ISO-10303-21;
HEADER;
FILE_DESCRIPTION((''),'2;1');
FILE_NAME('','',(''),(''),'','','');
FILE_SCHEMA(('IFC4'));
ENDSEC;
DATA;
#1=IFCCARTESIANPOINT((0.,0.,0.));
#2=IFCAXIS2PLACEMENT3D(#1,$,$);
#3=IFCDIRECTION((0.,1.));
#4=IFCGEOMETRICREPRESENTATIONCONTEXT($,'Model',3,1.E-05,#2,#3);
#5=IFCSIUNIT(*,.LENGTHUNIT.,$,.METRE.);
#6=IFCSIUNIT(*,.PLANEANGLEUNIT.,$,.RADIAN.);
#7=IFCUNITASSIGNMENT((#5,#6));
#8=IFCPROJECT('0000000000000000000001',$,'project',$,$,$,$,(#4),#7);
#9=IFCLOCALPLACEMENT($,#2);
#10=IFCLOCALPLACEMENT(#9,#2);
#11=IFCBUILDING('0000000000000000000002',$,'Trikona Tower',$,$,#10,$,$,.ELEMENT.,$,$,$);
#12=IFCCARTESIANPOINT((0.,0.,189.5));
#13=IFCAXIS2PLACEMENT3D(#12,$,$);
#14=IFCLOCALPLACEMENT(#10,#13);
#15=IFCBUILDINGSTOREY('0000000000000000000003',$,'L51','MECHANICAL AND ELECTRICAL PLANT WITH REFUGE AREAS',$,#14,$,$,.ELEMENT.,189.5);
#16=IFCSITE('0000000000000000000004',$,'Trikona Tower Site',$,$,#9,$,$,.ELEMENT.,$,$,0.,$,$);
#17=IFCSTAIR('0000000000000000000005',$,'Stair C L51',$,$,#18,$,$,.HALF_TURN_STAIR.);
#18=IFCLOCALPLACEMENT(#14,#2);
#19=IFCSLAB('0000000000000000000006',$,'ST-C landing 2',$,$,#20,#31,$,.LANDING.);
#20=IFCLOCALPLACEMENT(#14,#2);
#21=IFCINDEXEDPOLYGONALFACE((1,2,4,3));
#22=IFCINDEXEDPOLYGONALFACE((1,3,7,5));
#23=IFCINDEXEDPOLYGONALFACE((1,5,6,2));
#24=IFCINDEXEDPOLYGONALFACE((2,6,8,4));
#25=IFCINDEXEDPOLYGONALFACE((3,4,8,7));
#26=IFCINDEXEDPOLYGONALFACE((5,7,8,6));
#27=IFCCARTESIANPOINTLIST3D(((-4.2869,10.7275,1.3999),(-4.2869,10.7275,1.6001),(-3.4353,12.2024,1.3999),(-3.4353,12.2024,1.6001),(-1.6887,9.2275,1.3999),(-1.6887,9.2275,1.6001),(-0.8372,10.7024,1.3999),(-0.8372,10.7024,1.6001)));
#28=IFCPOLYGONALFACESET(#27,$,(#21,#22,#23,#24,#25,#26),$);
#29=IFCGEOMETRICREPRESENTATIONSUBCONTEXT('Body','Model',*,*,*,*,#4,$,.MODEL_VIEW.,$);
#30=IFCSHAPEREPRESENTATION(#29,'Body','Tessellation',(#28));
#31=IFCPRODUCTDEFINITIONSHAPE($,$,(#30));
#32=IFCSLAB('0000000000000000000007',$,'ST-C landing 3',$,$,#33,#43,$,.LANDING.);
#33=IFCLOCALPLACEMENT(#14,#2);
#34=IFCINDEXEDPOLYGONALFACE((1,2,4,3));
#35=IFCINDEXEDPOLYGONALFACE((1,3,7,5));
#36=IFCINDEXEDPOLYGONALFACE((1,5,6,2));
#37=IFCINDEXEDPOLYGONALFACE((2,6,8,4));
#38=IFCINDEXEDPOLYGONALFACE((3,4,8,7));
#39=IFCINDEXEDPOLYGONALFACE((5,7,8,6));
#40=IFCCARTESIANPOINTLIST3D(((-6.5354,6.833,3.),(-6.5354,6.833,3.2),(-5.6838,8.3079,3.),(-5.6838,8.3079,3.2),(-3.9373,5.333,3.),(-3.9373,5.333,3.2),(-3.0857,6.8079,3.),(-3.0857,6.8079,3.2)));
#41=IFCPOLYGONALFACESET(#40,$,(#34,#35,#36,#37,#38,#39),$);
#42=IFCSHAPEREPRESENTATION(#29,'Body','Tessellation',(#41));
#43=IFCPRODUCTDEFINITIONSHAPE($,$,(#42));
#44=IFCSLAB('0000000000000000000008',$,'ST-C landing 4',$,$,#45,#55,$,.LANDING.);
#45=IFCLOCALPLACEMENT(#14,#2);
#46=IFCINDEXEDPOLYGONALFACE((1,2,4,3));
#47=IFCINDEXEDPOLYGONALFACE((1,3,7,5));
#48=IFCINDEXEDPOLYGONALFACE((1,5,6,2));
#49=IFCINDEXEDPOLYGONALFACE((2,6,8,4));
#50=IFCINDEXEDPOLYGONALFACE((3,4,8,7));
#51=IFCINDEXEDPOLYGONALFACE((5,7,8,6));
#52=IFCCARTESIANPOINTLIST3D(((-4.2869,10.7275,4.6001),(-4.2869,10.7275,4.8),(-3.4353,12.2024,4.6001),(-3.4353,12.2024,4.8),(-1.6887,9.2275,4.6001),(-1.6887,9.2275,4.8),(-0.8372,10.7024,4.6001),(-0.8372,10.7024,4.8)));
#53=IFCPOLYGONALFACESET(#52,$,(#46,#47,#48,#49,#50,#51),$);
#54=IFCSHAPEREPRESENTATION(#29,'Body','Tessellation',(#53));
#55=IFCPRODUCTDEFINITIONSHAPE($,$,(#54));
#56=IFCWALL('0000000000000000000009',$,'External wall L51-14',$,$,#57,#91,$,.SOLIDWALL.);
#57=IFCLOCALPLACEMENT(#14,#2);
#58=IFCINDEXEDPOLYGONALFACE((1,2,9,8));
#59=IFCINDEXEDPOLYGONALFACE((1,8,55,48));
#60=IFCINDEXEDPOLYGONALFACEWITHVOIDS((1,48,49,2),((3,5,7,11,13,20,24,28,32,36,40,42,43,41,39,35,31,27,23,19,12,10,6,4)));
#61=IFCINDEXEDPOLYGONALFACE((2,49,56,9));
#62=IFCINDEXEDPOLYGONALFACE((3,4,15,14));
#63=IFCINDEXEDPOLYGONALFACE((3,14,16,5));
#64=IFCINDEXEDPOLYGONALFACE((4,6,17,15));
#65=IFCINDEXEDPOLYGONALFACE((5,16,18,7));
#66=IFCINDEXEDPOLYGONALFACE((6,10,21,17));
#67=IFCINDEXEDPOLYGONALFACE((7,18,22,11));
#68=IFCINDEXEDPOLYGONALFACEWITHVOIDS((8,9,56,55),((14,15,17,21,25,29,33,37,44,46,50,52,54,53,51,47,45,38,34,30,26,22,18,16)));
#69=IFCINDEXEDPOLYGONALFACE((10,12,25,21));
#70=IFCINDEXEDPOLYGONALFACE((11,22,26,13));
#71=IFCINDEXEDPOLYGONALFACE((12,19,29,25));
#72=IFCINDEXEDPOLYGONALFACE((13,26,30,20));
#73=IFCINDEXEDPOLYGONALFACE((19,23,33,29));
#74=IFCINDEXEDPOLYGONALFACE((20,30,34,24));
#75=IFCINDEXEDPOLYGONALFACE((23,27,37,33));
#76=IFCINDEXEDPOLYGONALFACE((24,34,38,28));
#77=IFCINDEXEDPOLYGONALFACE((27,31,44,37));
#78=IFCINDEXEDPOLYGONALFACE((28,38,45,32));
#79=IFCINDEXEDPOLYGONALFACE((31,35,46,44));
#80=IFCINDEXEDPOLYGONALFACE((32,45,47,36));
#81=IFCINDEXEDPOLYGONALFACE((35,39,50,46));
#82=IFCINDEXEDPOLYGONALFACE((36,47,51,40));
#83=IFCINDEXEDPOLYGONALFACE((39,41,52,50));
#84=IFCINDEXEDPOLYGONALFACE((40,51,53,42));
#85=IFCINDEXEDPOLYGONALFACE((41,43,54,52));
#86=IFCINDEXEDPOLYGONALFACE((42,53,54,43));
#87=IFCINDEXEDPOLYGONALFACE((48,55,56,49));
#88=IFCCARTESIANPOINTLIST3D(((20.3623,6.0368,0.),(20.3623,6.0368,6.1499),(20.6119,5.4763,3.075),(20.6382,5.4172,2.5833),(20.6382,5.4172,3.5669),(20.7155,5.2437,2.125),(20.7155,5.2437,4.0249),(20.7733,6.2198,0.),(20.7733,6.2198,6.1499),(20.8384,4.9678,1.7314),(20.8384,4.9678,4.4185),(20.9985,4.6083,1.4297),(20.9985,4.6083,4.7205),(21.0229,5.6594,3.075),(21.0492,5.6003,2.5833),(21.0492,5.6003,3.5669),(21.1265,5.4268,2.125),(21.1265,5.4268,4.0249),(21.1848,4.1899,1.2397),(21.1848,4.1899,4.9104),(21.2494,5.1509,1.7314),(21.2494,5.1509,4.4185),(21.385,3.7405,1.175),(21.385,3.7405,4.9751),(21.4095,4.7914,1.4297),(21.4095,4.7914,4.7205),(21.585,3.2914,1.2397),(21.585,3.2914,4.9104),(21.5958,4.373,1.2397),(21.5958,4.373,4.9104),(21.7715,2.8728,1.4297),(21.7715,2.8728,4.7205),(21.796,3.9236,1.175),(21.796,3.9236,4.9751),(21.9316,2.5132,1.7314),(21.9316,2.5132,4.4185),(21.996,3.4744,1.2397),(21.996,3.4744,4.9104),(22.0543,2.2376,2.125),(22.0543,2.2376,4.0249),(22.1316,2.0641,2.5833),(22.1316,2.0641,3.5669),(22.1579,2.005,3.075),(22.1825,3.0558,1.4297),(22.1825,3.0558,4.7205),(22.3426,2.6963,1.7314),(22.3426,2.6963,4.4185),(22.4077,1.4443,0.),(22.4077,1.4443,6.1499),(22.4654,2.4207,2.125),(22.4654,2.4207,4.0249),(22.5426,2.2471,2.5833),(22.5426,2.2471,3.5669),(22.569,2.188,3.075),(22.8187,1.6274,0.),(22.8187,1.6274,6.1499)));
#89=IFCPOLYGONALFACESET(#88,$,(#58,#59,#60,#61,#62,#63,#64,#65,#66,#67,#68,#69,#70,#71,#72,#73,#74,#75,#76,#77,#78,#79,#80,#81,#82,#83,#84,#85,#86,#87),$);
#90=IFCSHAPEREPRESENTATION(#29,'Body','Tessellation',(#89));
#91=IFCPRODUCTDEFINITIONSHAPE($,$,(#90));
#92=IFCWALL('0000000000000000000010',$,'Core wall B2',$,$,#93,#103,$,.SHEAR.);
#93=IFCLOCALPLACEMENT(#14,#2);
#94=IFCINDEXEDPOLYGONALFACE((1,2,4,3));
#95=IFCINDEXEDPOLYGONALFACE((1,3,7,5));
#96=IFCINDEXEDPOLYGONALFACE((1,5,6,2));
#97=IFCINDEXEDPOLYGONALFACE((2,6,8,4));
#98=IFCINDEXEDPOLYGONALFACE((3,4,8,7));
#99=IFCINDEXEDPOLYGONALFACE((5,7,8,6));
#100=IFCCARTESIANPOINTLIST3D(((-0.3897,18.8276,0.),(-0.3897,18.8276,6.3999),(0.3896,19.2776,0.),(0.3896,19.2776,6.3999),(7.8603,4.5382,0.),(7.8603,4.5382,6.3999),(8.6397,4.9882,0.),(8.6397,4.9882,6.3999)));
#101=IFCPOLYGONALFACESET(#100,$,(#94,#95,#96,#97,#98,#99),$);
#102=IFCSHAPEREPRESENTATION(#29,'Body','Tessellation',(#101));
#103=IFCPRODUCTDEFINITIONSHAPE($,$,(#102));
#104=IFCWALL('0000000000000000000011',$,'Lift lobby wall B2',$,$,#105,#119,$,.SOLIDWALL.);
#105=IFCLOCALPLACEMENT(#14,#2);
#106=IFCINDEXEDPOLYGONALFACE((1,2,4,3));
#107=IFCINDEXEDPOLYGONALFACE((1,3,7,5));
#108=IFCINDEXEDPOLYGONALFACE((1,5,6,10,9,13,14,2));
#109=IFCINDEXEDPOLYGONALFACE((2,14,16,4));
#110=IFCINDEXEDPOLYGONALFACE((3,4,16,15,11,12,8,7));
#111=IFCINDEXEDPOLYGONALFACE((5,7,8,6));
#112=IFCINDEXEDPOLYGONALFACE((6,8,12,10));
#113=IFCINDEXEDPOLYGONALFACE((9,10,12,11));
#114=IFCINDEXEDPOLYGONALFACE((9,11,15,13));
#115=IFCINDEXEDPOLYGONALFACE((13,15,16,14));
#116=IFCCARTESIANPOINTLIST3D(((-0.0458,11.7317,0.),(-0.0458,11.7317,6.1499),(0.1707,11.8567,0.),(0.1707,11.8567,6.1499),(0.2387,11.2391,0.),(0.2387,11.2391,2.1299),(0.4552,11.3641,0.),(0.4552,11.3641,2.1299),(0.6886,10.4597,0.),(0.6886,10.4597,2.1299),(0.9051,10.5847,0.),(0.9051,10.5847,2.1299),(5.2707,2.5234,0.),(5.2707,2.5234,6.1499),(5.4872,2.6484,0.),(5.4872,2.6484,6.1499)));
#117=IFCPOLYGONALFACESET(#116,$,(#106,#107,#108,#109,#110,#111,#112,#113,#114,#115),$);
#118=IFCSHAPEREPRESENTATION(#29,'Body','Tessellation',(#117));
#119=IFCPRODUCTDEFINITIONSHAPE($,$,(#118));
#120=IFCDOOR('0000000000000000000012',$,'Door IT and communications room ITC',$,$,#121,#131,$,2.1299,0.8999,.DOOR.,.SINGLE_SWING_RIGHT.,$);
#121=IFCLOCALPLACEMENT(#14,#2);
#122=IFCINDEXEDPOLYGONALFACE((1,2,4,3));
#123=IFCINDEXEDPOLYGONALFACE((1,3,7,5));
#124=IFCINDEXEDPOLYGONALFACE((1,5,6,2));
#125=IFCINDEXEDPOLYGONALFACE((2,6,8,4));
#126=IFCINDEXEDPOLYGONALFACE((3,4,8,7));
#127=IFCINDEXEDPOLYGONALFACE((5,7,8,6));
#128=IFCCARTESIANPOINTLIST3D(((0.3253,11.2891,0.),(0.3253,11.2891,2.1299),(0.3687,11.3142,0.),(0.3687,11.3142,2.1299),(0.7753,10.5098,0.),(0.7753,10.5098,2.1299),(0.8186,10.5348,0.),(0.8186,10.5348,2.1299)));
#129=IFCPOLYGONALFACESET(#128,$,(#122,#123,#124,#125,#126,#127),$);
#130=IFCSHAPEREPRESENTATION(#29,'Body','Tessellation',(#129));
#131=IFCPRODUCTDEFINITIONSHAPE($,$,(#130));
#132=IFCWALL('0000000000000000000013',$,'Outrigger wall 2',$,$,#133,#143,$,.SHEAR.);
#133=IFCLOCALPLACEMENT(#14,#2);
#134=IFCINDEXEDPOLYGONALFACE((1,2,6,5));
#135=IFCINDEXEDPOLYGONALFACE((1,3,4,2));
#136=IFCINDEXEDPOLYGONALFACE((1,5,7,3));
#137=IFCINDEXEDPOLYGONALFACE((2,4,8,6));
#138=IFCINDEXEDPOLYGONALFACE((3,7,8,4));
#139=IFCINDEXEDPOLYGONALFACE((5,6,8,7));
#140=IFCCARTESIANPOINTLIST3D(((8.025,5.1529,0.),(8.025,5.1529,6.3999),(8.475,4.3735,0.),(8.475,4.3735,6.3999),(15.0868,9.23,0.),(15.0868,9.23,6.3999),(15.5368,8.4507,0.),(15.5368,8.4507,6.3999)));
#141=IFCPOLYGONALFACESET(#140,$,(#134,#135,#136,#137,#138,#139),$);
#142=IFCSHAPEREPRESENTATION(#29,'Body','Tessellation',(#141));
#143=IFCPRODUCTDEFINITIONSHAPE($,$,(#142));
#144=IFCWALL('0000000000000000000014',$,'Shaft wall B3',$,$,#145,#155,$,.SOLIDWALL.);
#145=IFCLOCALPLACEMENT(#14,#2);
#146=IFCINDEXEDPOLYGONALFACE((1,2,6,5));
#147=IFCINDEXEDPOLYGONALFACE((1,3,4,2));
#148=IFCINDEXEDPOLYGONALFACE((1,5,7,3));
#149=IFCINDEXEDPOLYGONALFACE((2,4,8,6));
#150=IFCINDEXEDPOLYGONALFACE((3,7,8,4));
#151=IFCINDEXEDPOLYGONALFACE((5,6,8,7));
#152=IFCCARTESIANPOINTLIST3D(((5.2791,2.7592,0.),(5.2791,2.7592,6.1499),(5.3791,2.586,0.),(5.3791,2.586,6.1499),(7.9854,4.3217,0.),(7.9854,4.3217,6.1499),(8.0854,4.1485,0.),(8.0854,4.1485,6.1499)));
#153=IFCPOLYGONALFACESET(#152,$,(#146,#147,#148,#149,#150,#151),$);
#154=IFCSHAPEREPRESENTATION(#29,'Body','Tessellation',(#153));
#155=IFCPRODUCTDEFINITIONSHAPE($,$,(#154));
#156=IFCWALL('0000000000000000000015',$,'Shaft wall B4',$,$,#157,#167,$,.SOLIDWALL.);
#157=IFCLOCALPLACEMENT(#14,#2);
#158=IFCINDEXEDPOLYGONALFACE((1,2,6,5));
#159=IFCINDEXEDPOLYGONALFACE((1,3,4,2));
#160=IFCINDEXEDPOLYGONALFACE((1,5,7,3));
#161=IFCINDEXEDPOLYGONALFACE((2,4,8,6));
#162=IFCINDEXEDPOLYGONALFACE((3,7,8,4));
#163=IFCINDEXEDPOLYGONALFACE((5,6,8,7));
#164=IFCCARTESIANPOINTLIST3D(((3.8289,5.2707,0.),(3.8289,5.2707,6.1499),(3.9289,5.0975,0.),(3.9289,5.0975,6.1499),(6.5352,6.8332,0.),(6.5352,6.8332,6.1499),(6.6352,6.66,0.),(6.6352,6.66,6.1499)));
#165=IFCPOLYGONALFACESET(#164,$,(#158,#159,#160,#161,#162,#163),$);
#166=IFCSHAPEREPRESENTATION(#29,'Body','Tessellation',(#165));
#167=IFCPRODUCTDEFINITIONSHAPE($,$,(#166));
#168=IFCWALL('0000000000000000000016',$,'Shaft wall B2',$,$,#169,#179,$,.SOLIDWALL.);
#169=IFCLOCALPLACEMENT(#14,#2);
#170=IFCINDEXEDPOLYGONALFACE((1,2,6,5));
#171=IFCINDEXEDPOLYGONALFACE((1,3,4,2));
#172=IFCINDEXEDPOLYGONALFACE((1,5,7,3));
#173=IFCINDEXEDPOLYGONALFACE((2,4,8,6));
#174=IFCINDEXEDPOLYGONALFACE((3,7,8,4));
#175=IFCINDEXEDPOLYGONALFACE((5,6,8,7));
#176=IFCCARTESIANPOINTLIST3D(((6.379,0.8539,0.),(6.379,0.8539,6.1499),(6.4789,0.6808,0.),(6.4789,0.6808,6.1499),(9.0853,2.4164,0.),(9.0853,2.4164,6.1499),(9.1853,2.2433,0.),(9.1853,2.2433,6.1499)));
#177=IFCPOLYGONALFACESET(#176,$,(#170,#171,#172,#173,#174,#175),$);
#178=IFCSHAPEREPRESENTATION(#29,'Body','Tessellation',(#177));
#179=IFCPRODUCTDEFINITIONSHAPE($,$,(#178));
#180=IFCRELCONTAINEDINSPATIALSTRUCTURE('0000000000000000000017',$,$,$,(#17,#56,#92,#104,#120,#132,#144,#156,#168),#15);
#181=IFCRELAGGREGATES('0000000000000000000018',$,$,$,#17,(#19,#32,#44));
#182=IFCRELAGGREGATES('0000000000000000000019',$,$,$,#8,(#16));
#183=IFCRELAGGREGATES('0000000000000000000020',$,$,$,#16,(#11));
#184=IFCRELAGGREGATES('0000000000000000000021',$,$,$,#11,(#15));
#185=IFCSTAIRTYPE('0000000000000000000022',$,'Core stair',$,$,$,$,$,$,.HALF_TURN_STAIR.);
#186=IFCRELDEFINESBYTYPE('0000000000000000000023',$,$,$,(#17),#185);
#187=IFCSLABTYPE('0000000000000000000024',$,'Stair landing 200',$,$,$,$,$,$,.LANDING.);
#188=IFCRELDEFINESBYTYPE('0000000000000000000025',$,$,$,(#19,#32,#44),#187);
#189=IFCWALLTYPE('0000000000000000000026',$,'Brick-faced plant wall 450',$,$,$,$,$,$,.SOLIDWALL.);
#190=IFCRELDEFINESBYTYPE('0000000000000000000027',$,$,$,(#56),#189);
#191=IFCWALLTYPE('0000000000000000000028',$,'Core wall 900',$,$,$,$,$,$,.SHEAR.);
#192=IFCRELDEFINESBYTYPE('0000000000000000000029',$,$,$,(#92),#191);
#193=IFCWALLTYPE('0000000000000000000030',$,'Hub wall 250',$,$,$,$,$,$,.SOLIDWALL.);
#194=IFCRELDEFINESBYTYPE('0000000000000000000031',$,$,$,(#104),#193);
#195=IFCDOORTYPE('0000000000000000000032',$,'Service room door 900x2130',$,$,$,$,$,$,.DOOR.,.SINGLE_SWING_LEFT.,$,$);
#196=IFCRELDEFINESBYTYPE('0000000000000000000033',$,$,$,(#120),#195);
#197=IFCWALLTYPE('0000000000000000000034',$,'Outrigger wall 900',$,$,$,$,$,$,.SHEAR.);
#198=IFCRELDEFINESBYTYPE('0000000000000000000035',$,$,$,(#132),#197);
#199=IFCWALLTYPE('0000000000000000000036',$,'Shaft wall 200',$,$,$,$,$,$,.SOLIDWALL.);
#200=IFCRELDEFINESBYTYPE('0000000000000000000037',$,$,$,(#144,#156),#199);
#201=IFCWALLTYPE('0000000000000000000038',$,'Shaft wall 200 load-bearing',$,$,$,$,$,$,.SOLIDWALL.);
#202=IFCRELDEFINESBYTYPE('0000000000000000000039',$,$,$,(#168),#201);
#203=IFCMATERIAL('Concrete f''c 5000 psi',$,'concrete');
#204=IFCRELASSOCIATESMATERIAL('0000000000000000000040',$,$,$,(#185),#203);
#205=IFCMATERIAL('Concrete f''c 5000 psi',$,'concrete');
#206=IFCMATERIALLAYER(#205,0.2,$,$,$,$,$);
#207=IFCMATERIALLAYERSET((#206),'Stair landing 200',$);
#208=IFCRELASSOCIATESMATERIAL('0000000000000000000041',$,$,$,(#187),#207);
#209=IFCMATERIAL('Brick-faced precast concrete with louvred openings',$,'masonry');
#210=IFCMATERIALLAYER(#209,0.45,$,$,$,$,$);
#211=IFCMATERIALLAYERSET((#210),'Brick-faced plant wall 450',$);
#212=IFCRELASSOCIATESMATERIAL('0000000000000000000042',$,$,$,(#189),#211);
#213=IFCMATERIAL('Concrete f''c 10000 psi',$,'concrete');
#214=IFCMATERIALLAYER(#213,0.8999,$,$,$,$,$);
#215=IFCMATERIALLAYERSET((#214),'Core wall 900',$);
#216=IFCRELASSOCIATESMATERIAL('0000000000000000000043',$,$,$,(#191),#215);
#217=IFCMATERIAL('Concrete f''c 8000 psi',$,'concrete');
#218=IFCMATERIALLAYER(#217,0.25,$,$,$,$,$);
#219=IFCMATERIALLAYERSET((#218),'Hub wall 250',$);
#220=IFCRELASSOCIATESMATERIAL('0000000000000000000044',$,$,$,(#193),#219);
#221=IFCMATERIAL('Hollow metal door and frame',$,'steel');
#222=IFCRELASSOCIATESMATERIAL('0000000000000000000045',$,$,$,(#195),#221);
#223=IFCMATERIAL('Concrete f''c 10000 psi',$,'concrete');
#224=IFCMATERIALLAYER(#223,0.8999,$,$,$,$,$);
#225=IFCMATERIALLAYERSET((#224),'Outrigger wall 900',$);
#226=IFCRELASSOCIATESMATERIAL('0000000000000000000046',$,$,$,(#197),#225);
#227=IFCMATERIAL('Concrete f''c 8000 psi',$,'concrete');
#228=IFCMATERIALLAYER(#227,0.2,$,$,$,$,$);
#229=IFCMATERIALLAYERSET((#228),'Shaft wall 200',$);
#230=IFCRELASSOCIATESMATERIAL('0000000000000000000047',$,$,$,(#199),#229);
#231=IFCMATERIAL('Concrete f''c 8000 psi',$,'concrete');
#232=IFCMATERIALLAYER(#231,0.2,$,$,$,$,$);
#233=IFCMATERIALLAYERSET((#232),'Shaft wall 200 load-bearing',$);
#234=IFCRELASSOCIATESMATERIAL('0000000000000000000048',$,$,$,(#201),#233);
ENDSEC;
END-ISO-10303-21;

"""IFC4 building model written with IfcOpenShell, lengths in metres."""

from ifc_helpers import new_model, si_unit, direction, frame, frame_2d, origin, place, context, subcontext, project, spatial, polyline, rectangle, outline, extrude, material, layer, layer_set, type_object, element, fill, aggregate, save


model = new_model("IFC4")

# Units and contexts
model_context = context("Model", 3, precision=1e-05, world=origin(), true_north=direction((0.0, 1.0)))
body_context = subcontext(model_context, "Body", "Model", "MODEL_VIEW")
ifc_project = project(units=[si_unit("LENGTHUNIT", "METRE"), si_unit("PLANEANGLEUNIT", "RADIAN")], contexts=[model_context])

# Site, building, storey
site_placement = place(None, origin())
site = spatial("IfcSite", under=ifc_project, at=site_placement, Name="Trikona Tower Site", CompositionType="ELEMENT", RefElevation=0.0)
building_placement = place(site_placement, origin())
building = spatial("IfcBuilding", under=site, at=building_placement, Name="Trikona Tower", CompositionType="ELEMENT")
storey_placement = place(building_placement, frame((0.0, 0.0, 189.5)))
storey = spatial("IfcBuildingStorey", under=building, at=storey_placement, Name="L51", Description="MECHANICAL AND ELECTRICAL PLANT WITH REFUGE AREAS", CompositionType="ELEMENT", Elevation=189.5)

# Stair, slabs
ifc_material_1 = material(Name="Concrete f'c 5000 psi", Category="concrete")
stair_type = type_object("IfcStairType", Name="Core stair", PredefinedType="HALF_TURN_STAIR", material=ifc_material_1)
ifc_material_2 = material(Name="Concrete f'c 5000 psi", Category="concrete")
ifc_layer_1 = layer(ifc_material_2, 0.2)
ifc_layer_set_1 = layer_set([ifc_layer_1], Name="Stair landing 200")
slab_type = type_object("IfcSlabType", Name="Stair landing 200", PredefinedType="LANDING", material=ifc_layer_set_1)
stair_1_placement = place(storey_placement, origin())
stair_1 = element("IfcStair", 1, at=stair_1_placement, inside=storey, type_object=stair_type, Name="Stair C L51", PredefinedType="HALF_TURN_STAIR")
slab_1_placement = place(storey_placement, frame((0.0, 0.0, 1.3999)))
slab_1 = element("IfcSlab", 2, at=slab_1_placement, type_object=slab_type, Name="ST-C landing 2", PredefinedType="LANDING", context=body_context, shape_type="SweptSolid", body=[
    extrude(outline(polyline([(-0.8372, 10.7024), (-1.6887, 9.2275), (-4.2869, 10.7275), (-3.4353, 12.2024), (-0.8372, 10.7024)])), origin(), (0.0, 0.0, 1.0), 0.2002),
])
slab_2_placement = place(storey_placement, frame((0.0, 0.0, 3.0)))
slab_2 = element("IfcSlab", 3, at=slab_2_placement, type_object=slab_type, Name="ST-C landing 3", PredefinedType="LANDING", context=body_context, shape_type="SweptSolid", body=[
    extrude(outline(polyline([(-3.0857, 6.8079), (-3.9373, 5.333), (-6.5354, 6.833), (-5.6838, 8.3079), (-3.0857, 6.8079)])), origin(), (0.0, 0.0, 1.0), 0.2),
])
slab_3_placement = place(storey_placement, frame((0.0, 0.0, 4.6001)))
slab_3 = element("IfcSlab", 4, at=slab_3_placement, type_object=slab_type, Name="ST-C landing 4", PredefinedType="LANDING", context=body_context, shape_type="SweptSolid", body=[
    extrude(outline(polyline([(-0.8372, 10.7024), (-1.6887, 9.2275), (-4.2869, 10.7275), (-3.4353, 12.2024), (-0.8372, 10.7024)])), origin(), (0.0, 0.0, 1.0), 0.2),
])
aggregate(stair_1, [slab_1, slab_2, slab_3])

# Walls
ifc_material_3 = material(Name="Brick-faced precast concrete with louvred openings", Category="masonry")
ifc_layer_2 = layer(ifc_material_3, 0.45)
ifc_layer_set_2 = layer_set([ifc_layer_2], Name="Brick-faced plant wall 450")
wall_type_1 = type_object("IfcWallType", Name="Brick-faced plant wall 450", PredefinedType="SOLIDWALL", material=ifc_layer_set_2)
wall_1_placement = place(storey_placement, frame((22.6133, 1.5359, 0.0), z_axis=(0.0, 0.0, 1.0), x_axis=(-0.40685, 0.913495, 0.0)))
element("IfcWall", 5, at=wall_1_placement, inside=storey, type_object=wall_type_1, Name="External wall L51-14", PredefinedType="SOLIDWALL", context=body_context, shape_type="SweptSolid", body=[
    extrude(outline(polyline([(0.0, 0.0), (5.0273, 0.0), (5.0273, 6.1499), (0.0, 6.1499), (0.0, 0.0)]), holes=[polyline([(4.4138, 3.075), (4.3491, 3.5669), (4.1592, 4.0249), (3.8572, 4.4185), (3.4636, 4.7205), (3.0056, 4.9104), (2.5137, 4.9751), (2.022, 4.9104), (1.5637, 4.7205), (1.1702, 4.4185), (0.8684, 4.0249), (0.6785, 3.5669), (0.6138, 3.075), (0.6785, 2.5833), (0.8684, 2.125), (1.1702, 1.7314), (1.5637, 1.4297), (2.022, 1.2397), (2.5137, 1.175), (3.0056, 1.2397), (3.4636, 1.4297), (3.8572, 1.7314), (4.1592, 2.125), (4.3491, 2.5833), (4.4138, 3.075)])]), frame((0.0, 0.2251, 0.0), z_axis=(0.0, -1.0, 0.0), x_axis=(1.0, 0.0, 0.0)), (0.0, 0.0, 1.0), 0.45),
])
ifc_material_4 = material(Name="Concrete f'c 10000 psi", Category="concrete")
ifc_layer_3 = layer(ifc_material_4, 0.8999)
ifc_layer_set_3 = layer_set([ifc_layer_3], Name="Core wall 900")
wall_type_2 = type_object("IfcWallType", Name="Core wall 900", PredefinedType="SHEAR", material=ifc_layer_set_3)
wall_2_placement = place(storey_placement, frame((8.25, 4.7632, 0.0), z_axis=(0.0, 0.0, 1.0), x_axis=(-0.500003, 0.866024, 0.0)))
element("IfcWall", 6, at=wall_2_placement, inside=storey, type_object=wall_type_2, Name="Core wall B2", PredefinedType="SHEAR", context=body_context, shape_type="SweptSolid", body=[
    extrude(rectangle(XDim=16.5, YDim=0.8999, at=frame_2d((8.25, 0.0))), origin(), (0.0, 0.0, 1.0), 6.3999),
])

# Wall, opening, door
ifc_material_5 = material(Name="Concrete f'c 8000 psi", Category="concrete")
ifc_layer_4 = layer(ifc_material_5, 0.25)
ifc_layer_set_4 = layer_set([ifc_layer_4], Name="Hub wall 250")
wall_type_3 = type_object("IfcWallType", Name="Hub wall 250", PredefinedType="SOLIDWALL", material=ifc_layer_set_4)
wall_3_placement = place(storey_placement, frame((5.3789, 2.5859, 0.0), z_axis=(0.0, 0.0, 1.0), x_axis=(-0.500001, 0.866025, 0.0)))
wall_3 = element("IfcWall", 7, at=wall_3_placement, inside=storey, type_object=wall_type_3, Name="Lift lobby wall B2", PredefinedType="SOLIDWALL", context=body_context, shape_type="SweptSolid", body=[
    extrude(rectangle(XDim=10.6328, YDim=0.25, at=frame_2d((5.3164, 0.0))), origin(), (0.0, 0.0, 1.0), 6.1499),
])
opening_placement = place(wall_3_placement, frame((9.1641, 0.0, 0.0)))
opening = element("IfcOpeningElement", 8, at=opening_placement, cuts=wall_3, PredefinedType="OPENING", context=body_context, shape_type="SweptSolid", body=[
    extrude(rectangle(XDim=0.8999, YDim=2.1299, at=frame_2d((0.45, 1.0649))), frame((0.0, 0.135, 0.0), z_axis=(0.0, -1.0, 0.0), x_axis=(1.0, 0.0, 0.0)), (0.0, 0.0, 1.0), 0.27),
])
ifc_material_6 = material(Name="Hollow metal door and frame", Category="steel")
door_type = type_object("IfcDoorType", Name="Service room door 900x2130", OperationType="SINGLE_SWING_LEFT", PredefinedType="DOOR", material=ifc_material_6)
door_placement = place(opening_placement, origin())
door = element("IfcDoor", 9, at=door_placement, inside=storey, type_object=door_type, Name="Door IT and communications room ITC", OperationType="SINGLE_SWING_RIGHT", OverallHeight=2.1299, OverallWidth=0.8999, PredefinedType="DOOR", context=body_context, shape_type="SweptSolid", body=[
    extrude(rectangle(XDim=0.8999, YDim=2.1299, at=frame_2d((0.45, 1.0649))), frame((0.0, 0.0249, 0.0), z_axis=(0.0, -1.0, 0.0), x_axis=(1.0, 0.0, 0.0)), (0.0, 0.0, 1.0), 0.05),
])
fill(opening, door)

# Walls
ifc_material_7 = material(Name="Concrete f'c 10000 psi", Category="concrete")
ifc_layer_5 = layer(ifc_material_7, 0.8999)
ifc_layer_set_5 = layer_set([ifc_layer_5], Name="Outrigger wall 900")
wall_type_4 = type_object("IfcWallType", Name="Outrigger wall 900", PredefinedType="SHEAR", material=ifc_layer_set_5)
wall_4_placement = place(storey_placement, frame((8.25, 4.7632, 0.0), z_axis=(0.0, 0.0, 1.0), x_axis=(0.866024, 0.500003, 0.0)))
element("IfcWall", 10, at=wall_4_placement, inside=storey, type_object=wall_type_4, Name="Outrigger wall 2", PredefinedType="SHEAR", context=body_context, shape_type="SweptSolid", body=[
    extrude(rectangle(XDim=8.1543, YDim=0.8999, at=frame_2d((4.0771, 0.0))), origin(), (0.0, 0.0, 1.0), 6.3999),
])
ifc_material_8 = material(Name="Concrete f'c 8000 psi", Category="concrete")
ifc_layer_6 = layer(ifc_material_8, 0.2)
ifc_layer_set_6 = layer_set([ifc_layer_6], Name="Shaft wall 200")
wall_type_5 = type_object("IfcWallType", Name="Shaft wall 200", PredefinedType="SOLIDWALL", material=ifc_layer_set_6)
for number, where, z_axis, x_axis, name in (
    (11, (5.3291, 2.6726, 0.0), (0.0, 0.0, 1.0), (0.866023, 0.500004, 0.0), "Shaft wall B3"),
    (12, (3.8789, 5.1841, 0.0), (0.0, 0.0, 1.0), (0.866023, 0.500004, 0.0), "Shaft wall B4"),
):
    element("IfcWall", number, at=place(storey_placement, frame(where, z_axis=z_axis, x_axis=x_axis)), inside=storey, type_object=wall_type_5, Name=name, PredefinedType="SOLIDWALL", context=body_context, shape_type="SweptSolid", body=[
        extrude(rectangle(XDim=3.125, YDim=0.2, at=frame_2d((1.5625, 0.0))), origin(), (0.0, 0.0, 1.0), 6.1499),
    ])
ifc_material_9 = material(Name="Concrete f'c 8000 psi", Category="concrete")
ifc_layer_7 = layer(ifc_material_9, 0.2)
ifc_layer_set_7 = layer_set([ifc_layer_7], Name="Shaft wall 200 load-bearing")
wall_type_6 = type_object("IfcWallType", Name="Shaft wall 200 load-bearing", PredefinedType="SOLIDWALL", material=ifc_layer_set_7)
wall_5_placement = place(storey_placement, frame((6.429, 0.7673, 0.0), z_axis=(0.0, 0.0, 1.0), x_axis=(0.866023, 0.500004, 0.0)))
element("IfcWall", 13, at=wall_5_placement, inside=storey, type_object=wall_type_6, Name="Shaft wall B2", PredefinedType="SOLIDWALL", context=body_context, shape_type="SweptSolid", body=[
    extrude(rectangle(XDim=3.125, YDim=0.2, at=frame_2d((1.5625, 0.0))), origin(), (0.0, 0.0, 1.0), 6.1499),
])

save(model, "model.ifc")
